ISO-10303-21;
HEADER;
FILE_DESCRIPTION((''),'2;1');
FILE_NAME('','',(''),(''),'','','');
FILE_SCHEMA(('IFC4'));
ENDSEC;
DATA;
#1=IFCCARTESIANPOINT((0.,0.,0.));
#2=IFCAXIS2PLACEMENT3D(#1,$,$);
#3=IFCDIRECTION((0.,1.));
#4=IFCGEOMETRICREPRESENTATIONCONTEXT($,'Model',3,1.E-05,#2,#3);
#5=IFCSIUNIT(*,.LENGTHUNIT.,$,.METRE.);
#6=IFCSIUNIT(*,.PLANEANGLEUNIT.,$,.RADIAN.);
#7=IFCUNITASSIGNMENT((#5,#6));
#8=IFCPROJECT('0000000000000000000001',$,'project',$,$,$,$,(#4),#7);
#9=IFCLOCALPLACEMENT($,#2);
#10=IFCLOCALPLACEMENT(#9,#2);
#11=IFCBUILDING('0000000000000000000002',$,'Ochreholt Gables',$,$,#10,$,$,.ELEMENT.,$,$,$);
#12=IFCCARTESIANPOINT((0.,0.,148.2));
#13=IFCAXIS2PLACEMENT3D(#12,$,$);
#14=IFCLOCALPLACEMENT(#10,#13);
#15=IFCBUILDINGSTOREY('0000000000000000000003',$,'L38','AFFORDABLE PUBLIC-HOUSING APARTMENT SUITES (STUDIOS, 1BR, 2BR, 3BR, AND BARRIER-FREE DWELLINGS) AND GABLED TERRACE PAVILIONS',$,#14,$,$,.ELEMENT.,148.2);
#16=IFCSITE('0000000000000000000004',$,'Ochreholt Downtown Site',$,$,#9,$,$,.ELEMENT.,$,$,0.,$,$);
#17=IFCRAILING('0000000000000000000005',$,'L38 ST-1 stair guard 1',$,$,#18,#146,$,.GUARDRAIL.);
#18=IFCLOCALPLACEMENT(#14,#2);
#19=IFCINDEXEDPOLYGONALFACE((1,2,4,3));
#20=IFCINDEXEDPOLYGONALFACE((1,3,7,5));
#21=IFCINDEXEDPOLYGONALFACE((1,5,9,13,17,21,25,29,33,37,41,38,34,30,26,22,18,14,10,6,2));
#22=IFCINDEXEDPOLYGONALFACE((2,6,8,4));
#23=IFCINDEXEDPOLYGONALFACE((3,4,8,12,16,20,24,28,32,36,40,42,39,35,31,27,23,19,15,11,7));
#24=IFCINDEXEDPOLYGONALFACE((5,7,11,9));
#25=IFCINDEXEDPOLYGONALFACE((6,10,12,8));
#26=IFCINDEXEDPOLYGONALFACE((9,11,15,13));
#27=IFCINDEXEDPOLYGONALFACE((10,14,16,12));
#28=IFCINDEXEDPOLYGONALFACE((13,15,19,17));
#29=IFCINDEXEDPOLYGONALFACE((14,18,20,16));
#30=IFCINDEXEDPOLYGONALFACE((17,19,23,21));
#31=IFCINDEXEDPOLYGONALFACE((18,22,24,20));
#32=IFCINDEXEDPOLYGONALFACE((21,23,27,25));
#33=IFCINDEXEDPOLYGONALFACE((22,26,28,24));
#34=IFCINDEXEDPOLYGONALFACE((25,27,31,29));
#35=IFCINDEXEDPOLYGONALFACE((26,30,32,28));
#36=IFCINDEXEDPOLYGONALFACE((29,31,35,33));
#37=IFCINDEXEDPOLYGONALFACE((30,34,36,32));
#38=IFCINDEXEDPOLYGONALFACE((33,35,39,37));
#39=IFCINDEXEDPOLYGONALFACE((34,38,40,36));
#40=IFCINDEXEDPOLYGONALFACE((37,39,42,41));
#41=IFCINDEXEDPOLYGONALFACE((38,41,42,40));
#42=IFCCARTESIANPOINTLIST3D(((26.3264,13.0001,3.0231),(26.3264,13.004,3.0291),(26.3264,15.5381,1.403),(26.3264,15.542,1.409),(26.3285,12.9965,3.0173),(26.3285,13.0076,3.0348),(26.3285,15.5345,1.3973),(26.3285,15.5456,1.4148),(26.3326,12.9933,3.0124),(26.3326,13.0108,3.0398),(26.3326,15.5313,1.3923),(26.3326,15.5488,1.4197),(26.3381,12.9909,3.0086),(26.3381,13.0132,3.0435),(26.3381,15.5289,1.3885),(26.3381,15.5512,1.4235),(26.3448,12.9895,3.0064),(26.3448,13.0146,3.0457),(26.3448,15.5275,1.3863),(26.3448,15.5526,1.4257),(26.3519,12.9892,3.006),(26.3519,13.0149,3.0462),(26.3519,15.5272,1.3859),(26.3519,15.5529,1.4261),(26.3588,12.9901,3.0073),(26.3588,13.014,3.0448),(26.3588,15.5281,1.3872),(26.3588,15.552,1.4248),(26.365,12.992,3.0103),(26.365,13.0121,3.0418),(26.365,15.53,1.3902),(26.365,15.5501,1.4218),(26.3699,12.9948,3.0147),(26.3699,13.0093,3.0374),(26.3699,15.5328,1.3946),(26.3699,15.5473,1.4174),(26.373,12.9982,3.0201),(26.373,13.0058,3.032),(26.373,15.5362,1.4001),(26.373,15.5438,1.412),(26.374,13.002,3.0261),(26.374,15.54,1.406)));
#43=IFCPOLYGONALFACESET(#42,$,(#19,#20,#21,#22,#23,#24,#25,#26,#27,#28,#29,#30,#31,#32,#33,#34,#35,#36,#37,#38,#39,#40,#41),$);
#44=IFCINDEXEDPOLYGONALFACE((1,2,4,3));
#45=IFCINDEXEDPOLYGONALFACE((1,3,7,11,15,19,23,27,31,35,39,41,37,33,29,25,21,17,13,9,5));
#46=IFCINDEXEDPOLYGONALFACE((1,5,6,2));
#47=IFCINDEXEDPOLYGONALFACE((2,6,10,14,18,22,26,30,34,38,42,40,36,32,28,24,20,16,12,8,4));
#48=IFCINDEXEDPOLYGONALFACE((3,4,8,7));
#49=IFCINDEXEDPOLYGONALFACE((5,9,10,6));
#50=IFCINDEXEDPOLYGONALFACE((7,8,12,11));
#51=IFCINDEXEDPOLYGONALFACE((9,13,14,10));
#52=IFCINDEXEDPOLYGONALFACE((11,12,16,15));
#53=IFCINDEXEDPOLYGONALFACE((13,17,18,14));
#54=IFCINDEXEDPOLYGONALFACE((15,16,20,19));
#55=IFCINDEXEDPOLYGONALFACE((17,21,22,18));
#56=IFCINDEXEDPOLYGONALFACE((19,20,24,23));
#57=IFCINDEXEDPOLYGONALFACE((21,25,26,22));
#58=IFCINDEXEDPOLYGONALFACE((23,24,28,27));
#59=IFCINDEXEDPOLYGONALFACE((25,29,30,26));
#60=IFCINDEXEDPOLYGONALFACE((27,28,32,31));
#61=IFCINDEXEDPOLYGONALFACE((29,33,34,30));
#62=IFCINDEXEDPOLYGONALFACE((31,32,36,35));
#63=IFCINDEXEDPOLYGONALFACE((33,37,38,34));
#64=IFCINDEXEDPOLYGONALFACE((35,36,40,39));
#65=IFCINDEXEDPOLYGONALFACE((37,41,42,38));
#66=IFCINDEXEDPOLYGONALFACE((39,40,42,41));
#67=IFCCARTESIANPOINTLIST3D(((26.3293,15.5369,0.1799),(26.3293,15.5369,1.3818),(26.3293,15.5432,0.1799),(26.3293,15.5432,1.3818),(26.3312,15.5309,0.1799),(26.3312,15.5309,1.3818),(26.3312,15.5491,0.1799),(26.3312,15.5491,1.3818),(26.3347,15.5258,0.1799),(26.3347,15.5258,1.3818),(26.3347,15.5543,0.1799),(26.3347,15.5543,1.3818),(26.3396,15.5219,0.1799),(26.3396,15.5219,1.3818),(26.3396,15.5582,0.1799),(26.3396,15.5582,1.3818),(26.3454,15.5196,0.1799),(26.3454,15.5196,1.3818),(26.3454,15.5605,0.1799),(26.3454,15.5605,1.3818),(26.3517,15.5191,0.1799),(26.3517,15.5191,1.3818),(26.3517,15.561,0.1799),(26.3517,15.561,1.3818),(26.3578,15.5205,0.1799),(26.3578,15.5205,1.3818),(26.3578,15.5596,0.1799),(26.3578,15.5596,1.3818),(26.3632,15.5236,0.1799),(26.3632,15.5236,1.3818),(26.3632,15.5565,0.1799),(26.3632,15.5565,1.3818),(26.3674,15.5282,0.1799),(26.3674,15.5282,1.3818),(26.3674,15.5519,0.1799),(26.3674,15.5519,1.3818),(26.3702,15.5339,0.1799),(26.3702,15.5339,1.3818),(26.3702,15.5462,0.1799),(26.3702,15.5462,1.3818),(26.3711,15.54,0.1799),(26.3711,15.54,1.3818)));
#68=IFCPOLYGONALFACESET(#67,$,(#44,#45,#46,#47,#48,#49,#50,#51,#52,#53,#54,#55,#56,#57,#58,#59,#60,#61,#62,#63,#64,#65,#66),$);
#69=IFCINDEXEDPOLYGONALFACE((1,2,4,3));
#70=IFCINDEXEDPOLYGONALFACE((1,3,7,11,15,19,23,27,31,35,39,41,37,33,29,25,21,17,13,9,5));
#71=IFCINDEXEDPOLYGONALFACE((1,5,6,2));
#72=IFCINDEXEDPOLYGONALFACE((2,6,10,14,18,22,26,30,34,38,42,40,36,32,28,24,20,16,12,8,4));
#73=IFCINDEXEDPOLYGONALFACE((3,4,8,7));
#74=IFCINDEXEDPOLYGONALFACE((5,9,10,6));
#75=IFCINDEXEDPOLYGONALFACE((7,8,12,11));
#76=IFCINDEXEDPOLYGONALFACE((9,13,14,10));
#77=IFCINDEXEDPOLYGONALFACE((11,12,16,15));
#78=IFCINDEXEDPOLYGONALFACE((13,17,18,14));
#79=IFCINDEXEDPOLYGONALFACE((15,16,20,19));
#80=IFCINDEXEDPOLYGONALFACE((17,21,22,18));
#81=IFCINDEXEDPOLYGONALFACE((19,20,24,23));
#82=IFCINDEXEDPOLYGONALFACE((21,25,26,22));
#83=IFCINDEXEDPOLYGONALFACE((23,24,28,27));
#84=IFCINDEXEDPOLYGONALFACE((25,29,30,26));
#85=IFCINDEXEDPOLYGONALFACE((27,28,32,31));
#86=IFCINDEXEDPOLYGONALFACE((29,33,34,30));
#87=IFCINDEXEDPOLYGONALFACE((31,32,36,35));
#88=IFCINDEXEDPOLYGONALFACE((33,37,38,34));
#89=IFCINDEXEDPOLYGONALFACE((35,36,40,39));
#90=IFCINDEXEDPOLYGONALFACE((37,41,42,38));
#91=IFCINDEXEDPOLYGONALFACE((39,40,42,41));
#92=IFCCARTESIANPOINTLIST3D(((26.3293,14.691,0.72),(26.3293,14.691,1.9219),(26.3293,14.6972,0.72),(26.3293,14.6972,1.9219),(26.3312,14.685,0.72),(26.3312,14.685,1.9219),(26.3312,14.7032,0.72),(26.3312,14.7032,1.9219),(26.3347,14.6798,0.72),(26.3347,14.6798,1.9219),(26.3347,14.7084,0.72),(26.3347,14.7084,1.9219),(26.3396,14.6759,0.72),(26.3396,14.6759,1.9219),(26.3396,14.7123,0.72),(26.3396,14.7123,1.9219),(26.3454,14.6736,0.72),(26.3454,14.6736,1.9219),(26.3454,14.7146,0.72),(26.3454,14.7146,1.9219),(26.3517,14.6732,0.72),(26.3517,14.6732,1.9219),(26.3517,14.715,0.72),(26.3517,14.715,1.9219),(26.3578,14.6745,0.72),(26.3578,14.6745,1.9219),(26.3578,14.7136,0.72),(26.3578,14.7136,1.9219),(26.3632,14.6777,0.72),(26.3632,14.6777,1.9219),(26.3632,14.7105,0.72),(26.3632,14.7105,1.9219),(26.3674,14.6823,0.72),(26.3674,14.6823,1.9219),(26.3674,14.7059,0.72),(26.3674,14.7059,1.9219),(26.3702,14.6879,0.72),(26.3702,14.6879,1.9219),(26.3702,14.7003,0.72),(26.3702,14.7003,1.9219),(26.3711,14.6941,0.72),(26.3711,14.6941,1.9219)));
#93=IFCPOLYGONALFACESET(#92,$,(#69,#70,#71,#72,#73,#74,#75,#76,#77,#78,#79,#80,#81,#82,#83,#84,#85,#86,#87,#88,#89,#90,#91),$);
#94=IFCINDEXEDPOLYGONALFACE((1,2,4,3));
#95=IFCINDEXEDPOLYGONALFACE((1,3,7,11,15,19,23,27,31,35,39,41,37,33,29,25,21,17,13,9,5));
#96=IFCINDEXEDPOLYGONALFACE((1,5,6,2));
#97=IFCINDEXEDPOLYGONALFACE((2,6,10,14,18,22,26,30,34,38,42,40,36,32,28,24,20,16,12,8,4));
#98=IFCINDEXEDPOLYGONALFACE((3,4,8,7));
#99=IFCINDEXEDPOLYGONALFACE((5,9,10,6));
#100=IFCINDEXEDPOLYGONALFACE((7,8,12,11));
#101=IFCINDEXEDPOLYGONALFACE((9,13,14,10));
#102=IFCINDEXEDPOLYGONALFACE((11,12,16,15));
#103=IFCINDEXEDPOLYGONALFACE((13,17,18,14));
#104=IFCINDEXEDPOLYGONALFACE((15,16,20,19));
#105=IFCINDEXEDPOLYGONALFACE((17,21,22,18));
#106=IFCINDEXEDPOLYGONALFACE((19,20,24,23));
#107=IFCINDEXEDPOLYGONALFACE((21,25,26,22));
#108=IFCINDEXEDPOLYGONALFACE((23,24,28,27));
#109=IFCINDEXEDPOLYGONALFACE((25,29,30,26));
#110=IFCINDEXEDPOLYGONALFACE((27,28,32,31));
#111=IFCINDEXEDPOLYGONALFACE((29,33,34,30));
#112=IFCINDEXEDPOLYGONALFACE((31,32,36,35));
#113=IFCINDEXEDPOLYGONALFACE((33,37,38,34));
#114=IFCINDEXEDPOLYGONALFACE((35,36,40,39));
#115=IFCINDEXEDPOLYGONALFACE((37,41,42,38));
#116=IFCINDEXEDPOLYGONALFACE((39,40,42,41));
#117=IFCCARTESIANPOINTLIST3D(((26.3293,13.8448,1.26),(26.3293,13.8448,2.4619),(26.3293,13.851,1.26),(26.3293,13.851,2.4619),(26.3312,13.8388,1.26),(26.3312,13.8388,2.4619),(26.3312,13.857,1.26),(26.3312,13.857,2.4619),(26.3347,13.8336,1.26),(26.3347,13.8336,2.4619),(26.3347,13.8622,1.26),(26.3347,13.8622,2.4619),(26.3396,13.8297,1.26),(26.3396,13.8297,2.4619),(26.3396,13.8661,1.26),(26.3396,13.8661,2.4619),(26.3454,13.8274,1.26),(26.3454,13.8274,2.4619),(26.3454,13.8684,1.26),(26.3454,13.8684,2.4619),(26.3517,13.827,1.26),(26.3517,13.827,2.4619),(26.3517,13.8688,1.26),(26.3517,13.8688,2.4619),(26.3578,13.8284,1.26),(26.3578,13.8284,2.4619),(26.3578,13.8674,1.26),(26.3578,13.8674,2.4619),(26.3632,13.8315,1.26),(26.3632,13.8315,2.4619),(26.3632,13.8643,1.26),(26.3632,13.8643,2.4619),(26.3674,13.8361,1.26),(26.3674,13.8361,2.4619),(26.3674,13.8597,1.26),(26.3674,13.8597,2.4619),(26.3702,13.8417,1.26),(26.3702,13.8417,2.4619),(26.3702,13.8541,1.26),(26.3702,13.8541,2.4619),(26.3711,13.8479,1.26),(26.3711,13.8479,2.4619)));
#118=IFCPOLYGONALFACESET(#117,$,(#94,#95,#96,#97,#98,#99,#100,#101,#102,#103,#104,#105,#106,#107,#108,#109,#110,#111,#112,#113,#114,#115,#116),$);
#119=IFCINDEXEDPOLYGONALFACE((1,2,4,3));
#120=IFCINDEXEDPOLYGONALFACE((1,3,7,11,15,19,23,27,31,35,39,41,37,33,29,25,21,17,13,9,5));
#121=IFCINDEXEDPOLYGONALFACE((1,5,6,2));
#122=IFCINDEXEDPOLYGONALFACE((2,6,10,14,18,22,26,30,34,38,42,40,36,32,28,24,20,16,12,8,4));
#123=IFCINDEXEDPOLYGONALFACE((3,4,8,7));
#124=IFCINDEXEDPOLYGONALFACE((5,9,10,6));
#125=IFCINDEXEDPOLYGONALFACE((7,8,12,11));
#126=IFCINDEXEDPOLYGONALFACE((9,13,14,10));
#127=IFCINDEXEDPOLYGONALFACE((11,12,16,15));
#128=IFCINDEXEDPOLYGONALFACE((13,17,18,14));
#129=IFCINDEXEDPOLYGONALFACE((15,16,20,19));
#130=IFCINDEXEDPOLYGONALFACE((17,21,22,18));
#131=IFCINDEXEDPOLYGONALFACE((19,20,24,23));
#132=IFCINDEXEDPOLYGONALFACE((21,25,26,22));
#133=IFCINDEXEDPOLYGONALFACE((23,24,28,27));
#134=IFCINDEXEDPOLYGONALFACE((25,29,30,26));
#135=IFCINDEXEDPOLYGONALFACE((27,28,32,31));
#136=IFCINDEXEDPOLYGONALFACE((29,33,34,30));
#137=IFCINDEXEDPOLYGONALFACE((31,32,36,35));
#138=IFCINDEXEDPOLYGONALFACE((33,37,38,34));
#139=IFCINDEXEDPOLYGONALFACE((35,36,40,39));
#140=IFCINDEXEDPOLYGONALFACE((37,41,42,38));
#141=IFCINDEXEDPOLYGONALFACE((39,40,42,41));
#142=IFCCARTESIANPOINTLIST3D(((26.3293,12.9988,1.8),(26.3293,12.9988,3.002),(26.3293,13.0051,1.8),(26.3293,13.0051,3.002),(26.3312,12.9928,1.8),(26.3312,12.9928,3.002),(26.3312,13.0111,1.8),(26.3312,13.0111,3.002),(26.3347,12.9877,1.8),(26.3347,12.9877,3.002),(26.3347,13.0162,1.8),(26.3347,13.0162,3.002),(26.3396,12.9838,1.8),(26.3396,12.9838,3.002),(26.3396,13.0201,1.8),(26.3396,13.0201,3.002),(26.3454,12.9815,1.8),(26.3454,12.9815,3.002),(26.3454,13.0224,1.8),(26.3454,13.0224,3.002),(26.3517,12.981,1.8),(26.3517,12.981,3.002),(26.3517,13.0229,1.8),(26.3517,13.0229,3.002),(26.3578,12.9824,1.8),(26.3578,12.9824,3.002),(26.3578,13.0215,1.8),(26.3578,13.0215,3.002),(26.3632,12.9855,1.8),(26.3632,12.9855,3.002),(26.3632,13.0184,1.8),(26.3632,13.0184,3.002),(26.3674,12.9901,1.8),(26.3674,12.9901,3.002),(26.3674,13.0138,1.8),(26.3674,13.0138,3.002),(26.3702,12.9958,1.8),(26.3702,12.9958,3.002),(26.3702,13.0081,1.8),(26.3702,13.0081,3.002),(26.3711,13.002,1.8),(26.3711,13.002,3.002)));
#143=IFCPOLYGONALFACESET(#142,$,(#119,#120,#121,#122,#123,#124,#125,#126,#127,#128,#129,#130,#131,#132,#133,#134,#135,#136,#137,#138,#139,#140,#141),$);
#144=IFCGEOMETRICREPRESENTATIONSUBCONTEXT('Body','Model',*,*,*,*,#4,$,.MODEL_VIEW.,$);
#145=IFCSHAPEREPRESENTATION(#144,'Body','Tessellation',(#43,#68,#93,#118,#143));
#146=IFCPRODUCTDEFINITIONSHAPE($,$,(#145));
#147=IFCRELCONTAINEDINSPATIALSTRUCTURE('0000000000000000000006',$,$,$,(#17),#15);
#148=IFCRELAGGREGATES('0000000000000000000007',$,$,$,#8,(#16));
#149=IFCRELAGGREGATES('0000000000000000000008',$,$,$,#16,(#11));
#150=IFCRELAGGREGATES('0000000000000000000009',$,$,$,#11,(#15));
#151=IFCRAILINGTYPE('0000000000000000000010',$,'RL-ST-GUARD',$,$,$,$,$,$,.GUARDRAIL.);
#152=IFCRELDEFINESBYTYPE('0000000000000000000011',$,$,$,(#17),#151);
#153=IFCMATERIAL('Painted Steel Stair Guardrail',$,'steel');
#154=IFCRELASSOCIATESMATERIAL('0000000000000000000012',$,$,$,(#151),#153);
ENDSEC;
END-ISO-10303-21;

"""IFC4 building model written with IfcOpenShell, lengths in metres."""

from ifc_helpers import new_model, si_unit, direction, frame, origin, origin_2d, place, context, subcontext, project, spatial, circle, extrude, material, type_object, element, save


model = new_model("IFC4")

# Units and contexts
model_context = context("Model", 3, precision=1e-05, world=origin(), true_north=direction((0.0, 1.0)))
body_context = subcontext(model_context, "Body", "Model", "MODEL_VIEW")
ifc_project = project(units=[si_unit("LENGTHUNIT", "METRE"), si_unit("PLANEANGLEUNIT", "RADIAN")], contexts=[model_context])

# Site, building, storey
site_placement = place(None, origin())
site = spatial("IfcSite", under=ifc_project, at=site_placement, Name="Ochreholt Downtown Site", CompositionType="ELEMENT", RefElevation=0.0)
building_placement = place(site_placement, origin())
building = spatial("IfcBuilding", under=site, at=building_placement, Name="Ochreholt Gables", CompositionType="ELEMENT")
storey_placement = place(building_placement, frame((0.0, 0.0, 148.2)))
storey = spatial("IfcBuildingStorey", under=building, at=storey_placement, Name="L38", Description="AFFORDABLE PUBLIC-HOUSING APARTMENT SUITES (STUDIOS, 1BR, 2BR, 3BR, AND BARRIER-FREE DWELLINGS) AND GABLED TERRACE PAVILIONS", CompositionType="ELEMENT", Elevation=148.2)

# Railing
ifc_material_1 = material(Name="Painted Steel Stair Guardrail", Category="steel")
railing_type_1 = type_object("IfcRailingType", Name="RL-ST-GUARD", PredefinedType="GUARDRAIL", material=ifc_material_1)
railing_1_placement = place(storey_placement, frame((26.3501, 15.54, 0.1799)))
element("IfcRailing", 1, at=railing_1_placement, inside=storey, type_object=railing_type_1, Name="L38 ST-1 stair guard 1", PredefinedType="GUARDRAIL", context=body_context, shape_type="SweptSolid", body=[
    extrude(circle(Radius=0.0239, at=origin_2d()), frame((0.0, 0.0, 1.2261), z_axis=(0.0, -0.842913, 0.53805), x_axis=(1.0, 0.0, 0.0)), (0.0, 0.0, 1.0), 3.011),
    extrude(circle(Radius=0.021, at=origin_2d()), origin(), (0.0, 0.0, 1.0), 1.2019),
    extrude(circle(Radius=0.021, at=origin_2d()), frame((0.0, -0.8459, 0.54)), (0.0, 0.0, 1.0), 1.2019),
    extrude(circle(Radius=0.021, at=origin_2d()), frame((0.0, -1.6921, 1.0801)), (0.0, 0.0, 1.0), 1.2019),
    extrude(circle(Radius=0.021, at=origin_2d()), frame((0.0, -2.5381, 1.6201)), (0.0, 0.0, 1.0), 1.2019),
])

save(model, "model.ifc")
